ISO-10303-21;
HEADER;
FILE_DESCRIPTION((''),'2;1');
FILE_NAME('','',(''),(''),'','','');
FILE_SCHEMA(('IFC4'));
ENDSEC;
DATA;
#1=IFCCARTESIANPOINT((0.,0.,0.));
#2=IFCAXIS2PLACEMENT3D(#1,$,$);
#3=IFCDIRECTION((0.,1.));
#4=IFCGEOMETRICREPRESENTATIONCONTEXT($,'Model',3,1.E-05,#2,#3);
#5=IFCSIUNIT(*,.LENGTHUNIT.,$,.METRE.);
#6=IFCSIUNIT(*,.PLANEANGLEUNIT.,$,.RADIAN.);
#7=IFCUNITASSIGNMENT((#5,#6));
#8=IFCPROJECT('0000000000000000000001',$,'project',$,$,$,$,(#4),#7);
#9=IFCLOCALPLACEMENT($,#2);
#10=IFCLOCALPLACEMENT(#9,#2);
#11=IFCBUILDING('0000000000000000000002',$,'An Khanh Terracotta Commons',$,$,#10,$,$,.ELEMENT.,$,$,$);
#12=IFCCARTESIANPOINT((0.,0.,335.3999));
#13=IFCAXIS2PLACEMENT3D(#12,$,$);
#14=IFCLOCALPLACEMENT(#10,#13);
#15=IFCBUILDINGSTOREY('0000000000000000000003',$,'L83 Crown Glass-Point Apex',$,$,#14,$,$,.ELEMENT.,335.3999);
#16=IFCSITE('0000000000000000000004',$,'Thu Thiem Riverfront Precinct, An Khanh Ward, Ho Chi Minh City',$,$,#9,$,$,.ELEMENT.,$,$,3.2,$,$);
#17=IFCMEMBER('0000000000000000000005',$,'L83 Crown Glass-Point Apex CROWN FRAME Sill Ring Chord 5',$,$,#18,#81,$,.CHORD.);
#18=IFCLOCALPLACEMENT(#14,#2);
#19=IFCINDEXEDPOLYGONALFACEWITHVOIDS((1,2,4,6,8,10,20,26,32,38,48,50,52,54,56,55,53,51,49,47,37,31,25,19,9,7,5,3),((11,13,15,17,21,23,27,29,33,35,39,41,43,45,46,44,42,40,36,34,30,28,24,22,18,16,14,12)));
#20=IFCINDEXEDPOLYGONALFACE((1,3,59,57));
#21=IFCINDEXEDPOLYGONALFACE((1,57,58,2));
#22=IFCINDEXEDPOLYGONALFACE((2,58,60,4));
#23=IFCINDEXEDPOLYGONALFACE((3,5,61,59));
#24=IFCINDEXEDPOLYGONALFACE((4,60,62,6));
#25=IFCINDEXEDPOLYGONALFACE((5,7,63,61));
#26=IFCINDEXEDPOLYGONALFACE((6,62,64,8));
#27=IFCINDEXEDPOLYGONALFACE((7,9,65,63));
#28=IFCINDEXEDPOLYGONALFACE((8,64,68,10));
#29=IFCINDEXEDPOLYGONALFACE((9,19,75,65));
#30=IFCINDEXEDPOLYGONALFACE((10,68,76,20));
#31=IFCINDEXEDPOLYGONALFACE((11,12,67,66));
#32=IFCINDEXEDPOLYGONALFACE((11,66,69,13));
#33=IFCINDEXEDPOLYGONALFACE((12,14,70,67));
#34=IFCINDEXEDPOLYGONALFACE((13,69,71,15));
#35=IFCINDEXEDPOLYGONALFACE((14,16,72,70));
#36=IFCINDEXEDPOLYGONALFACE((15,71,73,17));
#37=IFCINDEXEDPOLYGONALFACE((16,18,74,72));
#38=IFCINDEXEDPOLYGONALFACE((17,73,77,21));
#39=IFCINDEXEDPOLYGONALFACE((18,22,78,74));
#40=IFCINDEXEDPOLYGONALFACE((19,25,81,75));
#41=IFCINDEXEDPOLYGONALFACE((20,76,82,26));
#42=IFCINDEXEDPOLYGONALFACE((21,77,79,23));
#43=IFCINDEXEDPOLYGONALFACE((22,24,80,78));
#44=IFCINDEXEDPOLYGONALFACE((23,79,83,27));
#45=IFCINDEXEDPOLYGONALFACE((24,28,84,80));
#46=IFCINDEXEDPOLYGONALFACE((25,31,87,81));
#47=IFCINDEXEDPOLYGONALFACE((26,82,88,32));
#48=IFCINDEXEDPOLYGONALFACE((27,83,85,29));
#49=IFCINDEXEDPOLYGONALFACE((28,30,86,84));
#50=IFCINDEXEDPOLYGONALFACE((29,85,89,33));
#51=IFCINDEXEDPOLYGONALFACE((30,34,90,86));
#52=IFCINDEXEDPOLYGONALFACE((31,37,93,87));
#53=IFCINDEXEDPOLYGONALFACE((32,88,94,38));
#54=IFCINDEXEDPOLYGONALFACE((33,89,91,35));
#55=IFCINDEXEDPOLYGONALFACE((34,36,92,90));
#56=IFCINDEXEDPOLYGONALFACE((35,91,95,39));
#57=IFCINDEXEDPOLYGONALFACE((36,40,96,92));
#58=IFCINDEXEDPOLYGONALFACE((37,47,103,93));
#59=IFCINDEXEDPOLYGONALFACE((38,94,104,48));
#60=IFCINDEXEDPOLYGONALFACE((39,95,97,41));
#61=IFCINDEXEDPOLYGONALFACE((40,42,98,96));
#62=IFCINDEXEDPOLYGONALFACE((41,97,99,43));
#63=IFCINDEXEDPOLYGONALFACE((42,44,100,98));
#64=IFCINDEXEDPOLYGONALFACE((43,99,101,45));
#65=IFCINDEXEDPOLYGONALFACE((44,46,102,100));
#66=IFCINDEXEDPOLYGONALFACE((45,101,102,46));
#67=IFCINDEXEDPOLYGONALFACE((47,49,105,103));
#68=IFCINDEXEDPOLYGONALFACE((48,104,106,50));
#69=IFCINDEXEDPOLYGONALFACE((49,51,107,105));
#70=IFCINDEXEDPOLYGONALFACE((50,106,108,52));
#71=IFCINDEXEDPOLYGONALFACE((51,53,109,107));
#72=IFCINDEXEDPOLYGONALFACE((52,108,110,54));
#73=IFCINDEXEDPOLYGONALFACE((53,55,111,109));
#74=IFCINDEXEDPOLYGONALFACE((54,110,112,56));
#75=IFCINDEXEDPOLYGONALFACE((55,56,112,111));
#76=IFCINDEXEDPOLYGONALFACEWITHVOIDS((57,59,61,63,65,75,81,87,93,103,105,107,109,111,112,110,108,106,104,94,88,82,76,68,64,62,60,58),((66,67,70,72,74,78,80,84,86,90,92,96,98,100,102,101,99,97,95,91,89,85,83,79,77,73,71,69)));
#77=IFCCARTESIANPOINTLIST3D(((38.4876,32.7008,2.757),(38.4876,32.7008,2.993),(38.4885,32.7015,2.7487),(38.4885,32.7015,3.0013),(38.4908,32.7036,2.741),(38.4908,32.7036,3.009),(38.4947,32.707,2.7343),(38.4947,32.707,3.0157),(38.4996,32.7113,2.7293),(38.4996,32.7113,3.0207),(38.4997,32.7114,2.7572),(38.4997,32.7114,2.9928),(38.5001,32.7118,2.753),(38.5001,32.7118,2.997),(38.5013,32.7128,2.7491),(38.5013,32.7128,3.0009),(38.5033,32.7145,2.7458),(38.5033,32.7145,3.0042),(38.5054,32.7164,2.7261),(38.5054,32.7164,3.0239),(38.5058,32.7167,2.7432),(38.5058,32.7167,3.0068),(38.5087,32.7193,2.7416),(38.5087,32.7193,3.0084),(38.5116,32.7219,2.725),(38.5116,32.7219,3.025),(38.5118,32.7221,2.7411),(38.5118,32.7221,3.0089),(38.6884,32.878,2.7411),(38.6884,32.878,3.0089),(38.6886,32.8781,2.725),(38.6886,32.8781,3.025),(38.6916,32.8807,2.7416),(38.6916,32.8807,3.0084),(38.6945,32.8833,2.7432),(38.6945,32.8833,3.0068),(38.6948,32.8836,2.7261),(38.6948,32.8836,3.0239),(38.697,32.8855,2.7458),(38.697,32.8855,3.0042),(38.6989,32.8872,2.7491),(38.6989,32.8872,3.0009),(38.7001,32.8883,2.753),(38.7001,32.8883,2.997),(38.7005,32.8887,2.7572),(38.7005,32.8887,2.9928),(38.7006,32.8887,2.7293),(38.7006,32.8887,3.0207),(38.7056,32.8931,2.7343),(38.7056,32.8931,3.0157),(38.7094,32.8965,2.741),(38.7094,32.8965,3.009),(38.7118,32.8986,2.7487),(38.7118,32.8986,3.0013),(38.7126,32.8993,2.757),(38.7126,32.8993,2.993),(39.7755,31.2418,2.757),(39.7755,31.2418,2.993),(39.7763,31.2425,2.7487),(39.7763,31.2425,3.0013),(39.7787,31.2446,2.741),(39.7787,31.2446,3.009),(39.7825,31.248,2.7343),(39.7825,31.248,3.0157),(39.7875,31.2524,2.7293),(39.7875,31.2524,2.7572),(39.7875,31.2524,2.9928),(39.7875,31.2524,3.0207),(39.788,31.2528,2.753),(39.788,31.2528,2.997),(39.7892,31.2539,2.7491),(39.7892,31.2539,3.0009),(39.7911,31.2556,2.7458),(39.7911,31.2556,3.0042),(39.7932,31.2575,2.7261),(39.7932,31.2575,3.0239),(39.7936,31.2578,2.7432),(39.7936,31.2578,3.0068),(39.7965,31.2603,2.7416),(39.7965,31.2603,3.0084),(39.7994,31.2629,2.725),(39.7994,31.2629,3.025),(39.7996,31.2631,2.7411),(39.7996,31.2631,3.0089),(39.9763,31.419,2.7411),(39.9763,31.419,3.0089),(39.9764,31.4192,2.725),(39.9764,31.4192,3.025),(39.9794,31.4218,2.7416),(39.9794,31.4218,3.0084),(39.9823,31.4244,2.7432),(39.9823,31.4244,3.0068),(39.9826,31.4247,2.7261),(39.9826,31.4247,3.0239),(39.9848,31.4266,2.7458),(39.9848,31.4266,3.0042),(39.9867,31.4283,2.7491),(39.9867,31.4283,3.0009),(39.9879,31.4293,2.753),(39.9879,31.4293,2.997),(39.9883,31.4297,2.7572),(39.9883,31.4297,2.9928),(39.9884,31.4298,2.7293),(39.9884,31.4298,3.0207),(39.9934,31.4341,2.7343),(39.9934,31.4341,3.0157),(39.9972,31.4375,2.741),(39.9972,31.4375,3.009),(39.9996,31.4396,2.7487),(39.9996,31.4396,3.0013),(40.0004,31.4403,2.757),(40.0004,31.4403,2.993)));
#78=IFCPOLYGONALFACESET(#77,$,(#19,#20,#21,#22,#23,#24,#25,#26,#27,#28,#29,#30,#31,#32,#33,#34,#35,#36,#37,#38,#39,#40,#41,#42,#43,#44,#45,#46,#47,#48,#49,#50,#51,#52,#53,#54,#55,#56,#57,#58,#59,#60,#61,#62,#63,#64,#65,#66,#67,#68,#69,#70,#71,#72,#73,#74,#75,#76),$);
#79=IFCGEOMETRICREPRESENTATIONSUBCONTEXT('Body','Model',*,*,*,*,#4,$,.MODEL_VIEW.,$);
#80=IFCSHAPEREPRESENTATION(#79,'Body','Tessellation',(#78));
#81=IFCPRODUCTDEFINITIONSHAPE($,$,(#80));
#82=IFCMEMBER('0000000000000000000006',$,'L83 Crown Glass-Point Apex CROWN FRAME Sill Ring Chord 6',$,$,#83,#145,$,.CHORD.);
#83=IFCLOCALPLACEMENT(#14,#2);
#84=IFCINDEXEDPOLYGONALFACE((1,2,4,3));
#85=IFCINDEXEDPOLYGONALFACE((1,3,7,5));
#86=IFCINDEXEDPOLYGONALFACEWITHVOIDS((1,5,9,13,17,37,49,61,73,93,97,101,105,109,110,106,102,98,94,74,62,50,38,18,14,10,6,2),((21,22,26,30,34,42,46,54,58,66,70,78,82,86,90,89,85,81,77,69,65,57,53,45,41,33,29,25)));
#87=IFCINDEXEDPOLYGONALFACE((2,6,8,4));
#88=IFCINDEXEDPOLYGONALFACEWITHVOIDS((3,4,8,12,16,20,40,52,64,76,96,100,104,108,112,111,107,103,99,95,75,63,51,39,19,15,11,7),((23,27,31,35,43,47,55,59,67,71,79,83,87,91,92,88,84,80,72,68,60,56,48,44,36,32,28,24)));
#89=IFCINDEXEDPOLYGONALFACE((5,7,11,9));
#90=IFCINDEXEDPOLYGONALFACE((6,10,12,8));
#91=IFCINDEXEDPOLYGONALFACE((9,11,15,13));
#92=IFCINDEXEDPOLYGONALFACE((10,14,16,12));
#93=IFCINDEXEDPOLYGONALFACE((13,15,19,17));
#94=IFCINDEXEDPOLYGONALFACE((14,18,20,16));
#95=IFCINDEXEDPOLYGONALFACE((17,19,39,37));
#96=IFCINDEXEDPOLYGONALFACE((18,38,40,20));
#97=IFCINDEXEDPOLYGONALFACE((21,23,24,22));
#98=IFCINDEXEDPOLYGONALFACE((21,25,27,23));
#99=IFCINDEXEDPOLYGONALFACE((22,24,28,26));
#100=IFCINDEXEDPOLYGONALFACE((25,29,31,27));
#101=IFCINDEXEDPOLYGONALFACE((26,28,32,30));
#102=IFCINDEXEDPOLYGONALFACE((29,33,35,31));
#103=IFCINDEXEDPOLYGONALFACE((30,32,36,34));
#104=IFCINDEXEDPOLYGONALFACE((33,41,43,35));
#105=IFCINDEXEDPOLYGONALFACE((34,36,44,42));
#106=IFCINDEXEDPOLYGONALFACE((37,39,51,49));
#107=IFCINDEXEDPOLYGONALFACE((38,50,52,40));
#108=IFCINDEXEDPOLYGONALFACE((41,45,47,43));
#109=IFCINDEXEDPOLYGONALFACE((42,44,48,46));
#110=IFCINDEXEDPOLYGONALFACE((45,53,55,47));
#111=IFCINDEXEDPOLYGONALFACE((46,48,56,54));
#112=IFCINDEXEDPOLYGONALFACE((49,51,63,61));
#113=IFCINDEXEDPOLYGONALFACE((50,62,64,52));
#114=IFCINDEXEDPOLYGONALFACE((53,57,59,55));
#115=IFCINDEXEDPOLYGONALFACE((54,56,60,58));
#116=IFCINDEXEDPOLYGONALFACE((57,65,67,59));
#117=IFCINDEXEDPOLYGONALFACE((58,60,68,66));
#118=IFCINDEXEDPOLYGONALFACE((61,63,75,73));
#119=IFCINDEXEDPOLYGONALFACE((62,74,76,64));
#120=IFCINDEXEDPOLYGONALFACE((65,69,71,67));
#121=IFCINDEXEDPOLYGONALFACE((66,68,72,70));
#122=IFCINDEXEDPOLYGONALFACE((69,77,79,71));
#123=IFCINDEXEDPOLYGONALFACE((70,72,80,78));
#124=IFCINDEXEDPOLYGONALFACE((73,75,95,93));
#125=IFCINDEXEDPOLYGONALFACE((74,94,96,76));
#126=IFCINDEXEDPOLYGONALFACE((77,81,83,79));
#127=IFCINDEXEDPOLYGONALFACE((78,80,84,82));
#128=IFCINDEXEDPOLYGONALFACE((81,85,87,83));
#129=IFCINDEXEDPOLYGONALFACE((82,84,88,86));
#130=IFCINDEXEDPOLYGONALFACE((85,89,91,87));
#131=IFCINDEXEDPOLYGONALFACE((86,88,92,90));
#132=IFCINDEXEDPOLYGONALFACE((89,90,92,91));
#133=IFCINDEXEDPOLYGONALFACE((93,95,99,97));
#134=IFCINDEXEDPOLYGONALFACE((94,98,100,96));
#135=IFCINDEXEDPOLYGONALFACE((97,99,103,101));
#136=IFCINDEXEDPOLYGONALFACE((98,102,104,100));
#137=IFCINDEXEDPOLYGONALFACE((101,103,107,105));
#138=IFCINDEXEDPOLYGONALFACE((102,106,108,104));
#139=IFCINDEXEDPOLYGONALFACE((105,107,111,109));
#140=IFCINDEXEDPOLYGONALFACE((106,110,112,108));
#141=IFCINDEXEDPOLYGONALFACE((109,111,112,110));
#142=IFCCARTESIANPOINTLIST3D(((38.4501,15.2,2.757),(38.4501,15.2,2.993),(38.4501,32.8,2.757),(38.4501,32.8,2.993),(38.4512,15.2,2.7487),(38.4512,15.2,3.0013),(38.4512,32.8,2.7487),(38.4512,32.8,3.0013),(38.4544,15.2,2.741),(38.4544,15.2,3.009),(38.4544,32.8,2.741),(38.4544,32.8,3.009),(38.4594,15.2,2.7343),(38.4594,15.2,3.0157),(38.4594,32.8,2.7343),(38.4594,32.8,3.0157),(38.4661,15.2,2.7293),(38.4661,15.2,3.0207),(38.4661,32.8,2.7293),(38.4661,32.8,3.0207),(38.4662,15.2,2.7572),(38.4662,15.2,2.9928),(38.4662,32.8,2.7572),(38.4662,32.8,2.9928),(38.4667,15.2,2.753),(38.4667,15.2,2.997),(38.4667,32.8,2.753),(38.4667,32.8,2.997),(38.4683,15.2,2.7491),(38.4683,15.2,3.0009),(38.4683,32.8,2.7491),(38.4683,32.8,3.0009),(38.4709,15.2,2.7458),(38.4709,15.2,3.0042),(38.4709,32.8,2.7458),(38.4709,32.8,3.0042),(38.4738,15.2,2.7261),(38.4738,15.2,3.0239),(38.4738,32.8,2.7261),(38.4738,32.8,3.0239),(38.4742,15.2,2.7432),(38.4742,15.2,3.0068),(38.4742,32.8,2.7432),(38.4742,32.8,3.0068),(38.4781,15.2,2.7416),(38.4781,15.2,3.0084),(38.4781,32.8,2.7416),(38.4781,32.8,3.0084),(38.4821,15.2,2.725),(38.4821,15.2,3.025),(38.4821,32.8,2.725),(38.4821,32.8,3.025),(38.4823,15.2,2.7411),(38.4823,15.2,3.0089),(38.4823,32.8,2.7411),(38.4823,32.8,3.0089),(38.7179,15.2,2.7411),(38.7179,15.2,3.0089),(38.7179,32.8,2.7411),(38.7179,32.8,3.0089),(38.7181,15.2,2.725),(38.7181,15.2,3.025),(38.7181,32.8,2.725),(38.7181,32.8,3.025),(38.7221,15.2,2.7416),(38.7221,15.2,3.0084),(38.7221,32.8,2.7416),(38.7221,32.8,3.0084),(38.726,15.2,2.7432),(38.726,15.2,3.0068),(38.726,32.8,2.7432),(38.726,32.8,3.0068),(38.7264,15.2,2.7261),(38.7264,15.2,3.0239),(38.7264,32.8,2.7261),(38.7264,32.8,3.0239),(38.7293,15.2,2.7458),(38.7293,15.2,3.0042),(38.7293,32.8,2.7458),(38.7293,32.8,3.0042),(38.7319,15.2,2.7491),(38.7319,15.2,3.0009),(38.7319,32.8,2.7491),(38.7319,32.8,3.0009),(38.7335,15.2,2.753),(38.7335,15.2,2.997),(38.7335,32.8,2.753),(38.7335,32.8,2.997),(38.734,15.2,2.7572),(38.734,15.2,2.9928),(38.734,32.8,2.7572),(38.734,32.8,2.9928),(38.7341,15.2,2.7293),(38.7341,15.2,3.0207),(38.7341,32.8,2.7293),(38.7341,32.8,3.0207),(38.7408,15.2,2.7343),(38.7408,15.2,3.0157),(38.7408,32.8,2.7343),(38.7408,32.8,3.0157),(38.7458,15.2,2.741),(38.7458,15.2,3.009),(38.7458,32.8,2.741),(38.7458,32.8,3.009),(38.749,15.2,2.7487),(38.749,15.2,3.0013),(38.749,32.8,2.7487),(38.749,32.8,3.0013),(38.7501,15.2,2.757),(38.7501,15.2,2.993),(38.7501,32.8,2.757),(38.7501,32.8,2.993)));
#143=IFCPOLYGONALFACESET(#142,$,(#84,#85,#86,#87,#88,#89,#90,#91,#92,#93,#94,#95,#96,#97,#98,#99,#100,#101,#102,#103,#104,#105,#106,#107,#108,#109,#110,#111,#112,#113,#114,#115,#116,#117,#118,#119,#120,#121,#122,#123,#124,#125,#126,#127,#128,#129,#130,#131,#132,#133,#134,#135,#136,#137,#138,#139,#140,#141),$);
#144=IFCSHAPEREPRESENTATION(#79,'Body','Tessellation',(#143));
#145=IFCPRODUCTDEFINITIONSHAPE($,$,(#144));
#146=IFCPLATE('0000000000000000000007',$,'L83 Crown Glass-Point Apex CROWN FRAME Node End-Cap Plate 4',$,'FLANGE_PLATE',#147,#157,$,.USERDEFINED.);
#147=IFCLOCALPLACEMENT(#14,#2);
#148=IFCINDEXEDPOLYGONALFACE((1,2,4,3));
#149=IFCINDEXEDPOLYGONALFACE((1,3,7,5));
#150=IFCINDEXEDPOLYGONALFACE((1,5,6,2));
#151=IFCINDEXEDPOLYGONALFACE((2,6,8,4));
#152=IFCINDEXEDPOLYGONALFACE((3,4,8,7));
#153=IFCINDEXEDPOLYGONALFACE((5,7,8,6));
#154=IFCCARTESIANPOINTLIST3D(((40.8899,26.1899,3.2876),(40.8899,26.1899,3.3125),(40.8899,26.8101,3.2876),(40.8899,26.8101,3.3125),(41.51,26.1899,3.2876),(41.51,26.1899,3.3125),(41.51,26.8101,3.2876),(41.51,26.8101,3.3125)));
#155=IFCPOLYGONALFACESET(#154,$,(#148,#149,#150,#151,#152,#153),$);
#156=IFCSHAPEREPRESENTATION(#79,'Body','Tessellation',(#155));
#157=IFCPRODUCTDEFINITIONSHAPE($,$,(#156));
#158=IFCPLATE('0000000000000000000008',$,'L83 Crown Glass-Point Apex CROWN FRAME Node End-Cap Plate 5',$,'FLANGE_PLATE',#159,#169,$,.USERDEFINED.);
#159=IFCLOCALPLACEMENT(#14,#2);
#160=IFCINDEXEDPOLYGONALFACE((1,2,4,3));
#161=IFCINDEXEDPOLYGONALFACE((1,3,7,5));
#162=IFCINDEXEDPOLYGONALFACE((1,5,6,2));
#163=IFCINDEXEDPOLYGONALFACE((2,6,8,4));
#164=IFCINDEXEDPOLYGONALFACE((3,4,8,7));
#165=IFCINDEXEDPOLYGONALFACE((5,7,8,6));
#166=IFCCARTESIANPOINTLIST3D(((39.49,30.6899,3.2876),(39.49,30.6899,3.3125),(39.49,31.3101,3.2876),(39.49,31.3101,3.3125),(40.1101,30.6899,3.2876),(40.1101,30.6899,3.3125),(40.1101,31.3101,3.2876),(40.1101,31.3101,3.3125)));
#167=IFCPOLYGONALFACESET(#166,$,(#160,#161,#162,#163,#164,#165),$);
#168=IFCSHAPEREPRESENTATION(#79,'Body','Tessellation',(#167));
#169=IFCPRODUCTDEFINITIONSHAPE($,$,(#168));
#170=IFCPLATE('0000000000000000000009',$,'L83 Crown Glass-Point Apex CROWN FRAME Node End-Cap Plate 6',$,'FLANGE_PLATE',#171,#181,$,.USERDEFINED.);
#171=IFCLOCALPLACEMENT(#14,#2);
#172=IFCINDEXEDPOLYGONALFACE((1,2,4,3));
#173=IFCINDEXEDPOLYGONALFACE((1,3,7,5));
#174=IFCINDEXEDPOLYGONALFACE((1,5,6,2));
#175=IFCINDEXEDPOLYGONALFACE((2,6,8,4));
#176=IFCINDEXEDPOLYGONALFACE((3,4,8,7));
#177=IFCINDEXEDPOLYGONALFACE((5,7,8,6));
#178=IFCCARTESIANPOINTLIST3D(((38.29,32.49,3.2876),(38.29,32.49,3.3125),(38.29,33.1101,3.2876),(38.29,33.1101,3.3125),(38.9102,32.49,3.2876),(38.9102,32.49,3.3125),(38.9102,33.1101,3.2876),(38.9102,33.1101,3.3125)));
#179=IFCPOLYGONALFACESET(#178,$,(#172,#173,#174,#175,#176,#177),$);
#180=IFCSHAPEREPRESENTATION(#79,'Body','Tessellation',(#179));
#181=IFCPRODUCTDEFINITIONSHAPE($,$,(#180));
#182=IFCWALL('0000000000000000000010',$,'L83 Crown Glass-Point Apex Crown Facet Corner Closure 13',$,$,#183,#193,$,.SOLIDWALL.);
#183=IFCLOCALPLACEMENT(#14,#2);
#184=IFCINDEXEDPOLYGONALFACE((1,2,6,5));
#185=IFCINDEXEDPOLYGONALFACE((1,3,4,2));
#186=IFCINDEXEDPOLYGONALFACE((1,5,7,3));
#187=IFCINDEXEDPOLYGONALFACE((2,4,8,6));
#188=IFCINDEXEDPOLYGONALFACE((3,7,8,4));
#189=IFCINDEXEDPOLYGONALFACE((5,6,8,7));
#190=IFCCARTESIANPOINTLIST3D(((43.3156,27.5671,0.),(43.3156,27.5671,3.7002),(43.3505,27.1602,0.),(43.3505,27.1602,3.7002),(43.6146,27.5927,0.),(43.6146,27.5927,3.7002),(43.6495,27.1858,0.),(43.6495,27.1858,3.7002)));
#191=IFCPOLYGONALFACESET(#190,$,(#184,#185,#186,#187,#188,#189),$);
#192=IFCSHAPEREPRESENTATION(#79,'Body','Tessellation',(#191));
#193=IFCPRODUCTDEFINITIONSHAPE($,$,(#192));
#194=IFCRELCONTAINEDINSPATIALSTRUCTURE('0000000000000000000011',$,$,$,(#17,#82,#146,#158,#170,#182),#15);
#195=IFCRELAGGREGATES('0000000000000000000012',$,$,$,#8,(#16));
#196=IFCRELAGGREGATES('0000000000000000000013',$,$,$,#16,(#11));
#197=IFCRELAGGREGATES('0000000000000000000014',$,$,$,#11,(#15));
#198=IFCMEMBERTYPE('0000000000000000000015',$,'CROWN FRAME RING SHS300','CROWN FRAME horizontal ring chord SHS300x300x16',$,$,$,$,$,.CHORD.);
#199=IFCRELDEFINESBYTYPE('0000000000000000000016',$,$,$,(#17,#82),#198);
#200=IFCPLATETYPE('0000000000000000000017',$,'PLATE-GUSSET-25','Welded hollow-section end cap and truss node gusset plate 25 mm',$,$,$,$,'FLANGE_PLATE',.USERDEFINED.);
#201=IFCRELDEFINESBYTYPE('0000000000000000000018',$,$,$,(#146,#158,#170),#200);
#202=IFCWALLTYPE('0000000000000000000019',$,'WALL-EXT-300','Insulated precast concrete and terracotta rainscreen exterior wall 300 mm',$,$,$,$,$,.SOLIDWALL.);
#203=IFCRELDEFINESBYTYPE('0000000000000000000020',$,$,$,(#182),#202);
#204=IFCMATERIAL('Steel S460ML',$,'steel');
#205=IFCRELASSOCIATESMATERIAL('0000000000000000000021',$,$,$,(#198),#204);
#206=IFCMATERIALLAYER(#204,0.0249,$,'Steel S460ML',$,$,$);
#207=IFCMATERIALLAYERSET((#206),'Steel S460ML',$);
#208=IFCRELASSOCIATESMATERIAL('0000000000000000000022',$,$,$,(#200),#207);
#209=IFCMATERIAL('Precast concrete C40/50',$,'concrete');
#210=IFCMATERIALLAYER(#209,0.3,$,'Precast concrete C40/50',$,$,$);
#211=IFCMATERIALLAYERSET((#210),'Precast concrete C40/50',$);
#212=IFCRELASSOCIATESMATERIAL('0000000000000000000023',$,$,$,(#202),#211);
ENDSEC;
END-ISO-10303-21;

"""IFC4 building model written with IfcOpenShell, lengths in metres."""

from ifc_helpers import new_model, si_unit, direction, frame, frame_2d, origin, origin_2d, place, context, subcontext, project, spatial, rectangle, hollow_rectangle, extrude, material, layer, layer_set, material_profile, profile_set, type_object, element, save


model = new_model("IFC4")

# Units and contexts
model_context = context("Model", 3, precision=1e-05, world=origin(), true_north=direction((0.0, 1.0)))
body_context = subcontext(model_context, "Body", "Model", "MODEL_VIEW")
ifc_project = project(units=[si_unit("LENGTHUNIT", "METRE"), si_unit("PLANEANGLEUNIT", "RADIAN")], contexts=[model_context])

# Site, building, storey
site_placement = place(None, origin())
site = spatial("IfcSite", under=ifc_project, at=site_placement, Name="Thu Thiem Riverfront Precinct, An Khanh Ward, Ho Chi Minh City", CompositionType="ELEMENT", RefElevation=3.2)
building_placement = place(site_placement, origin())
building = spatial("IfcBuilding", under=site, at=building_placement, Name="An Khanh Terracotta Commons", CompositionType="ELEMENT")
storey_placement = place(building_placement, frame((0.0, 0.0, 335.3999)))
storey = spatial("IfcBuildingStorey", under=building, at=storey_placement, Name="L83 Crown Glass-Point Apex", CompositionType="ELEMENT", Elevation=335.3999)

# Members
ifc_material_1 = material(Name="Steel S460ML", Category="steel")
ifc_material_profile_1 = material_profile(ifc_material_1, hollow_rectangle(XDim=0.3, YDim=0.3, WallThickness=0.0161, InnerFilletRadius=0.0161, OuterFilletRadius=0.032, at=origin_2d()), Name="SHS300x300x16")
ifc_profile_set_1 = profile_set([ifc_material_profile_1], Name="Steel S460ML")
member_type_1 = type_object("IfcMemberType", Name="CROWN FRAME RING SHS300", Description="CROWN FRAME horizontal ring chord SHS300x300x16", PredefinedType="CHORD", material=ifc_profile_set_1)
member_1_placement = place(storey_placement, frame((39.8879, 31.3411, 2.875), z_axis=(-0.661767, 0.74971, 0.0), x_axis=(-0.74971, -0.661767, 0.0)))
element("IfcMember", 1, at=member_1_placement, inside=storey, type_object=member_type_1, Name="L83 Crown Glass-Point Apex CROWN FRAME Sill Ring Chord 5", PredefinedType="CHORD", context=body_context, shape_type="SweptSolid", body=[
    extrude(hollow_rectangle(XDim=0.3, YDim=0.3, WallThickness=0.0161, InnerFilletRadius=0.0161, OuterFilletRadius=0.032, at=origin_2d()), origin(), (0.0, 0.0, 1.0), 1.946),
])
member_2_placement = place(storey_placement, frame((38.6001, 32.8, 2.875), z_axis=(0.0, -1.0, 0.0), x_axis=(1.0, 0.0, 0.0)))
element("IfcMember", 2, at=member_2_placement, inside=storey, type_object=member_type_1, Name="L83 Crown Glass-Point Apex CROWN FRAME Sill Ring Chord 6", PredefinedType="CHORD", context=body_context, shape_type="SweptSolid", body=[
    extrude(hollow_rectangle(XDim=0.3, YDim=0.3, WallThickness=0.0161, InnerFilletRadius=0.0161, OuterFilletRadius=0.032, at=origin_2d()), origin(), (0.0, 0.0, 1.0), 17.6001),
])

# Plates
ifc_layer_1 = layer(ifc_material_1, 0.0249, Name="Steel S460ML")
ifc_layer_set_1 = layer_set([ifc_layer_1], Name="Steel S460ML")
plate_type = type_object("IfcPlateType", Name="PLATE-GUSSET-25", Description="Welded hollow-section end cap and truss node gusset plate 25 mm", ElementType="FLANGE_PLATE", PredefinedType="USERDEFINED", material=ifc_layer_set_1)
for number, where, z_axis, x_axis, name in (
    (3, (41.2, 26.5, 3.2876), (0.0, 0.0, 1.0), (1.0, 0.0, 0.0), "L83 Crown Glass-Point Apex CROWN FRAME Node End-Cap Plate 4"),
    (4, (39.8, 31.0, 3.2876), (0.0, 0.0, 1.0), (1.0, 0.0, 0.0), "L83 Crown Glass-Point Apex CROWN FRAME Node End-Cap Plate 5"),
    (5, (38.6001, 32.8, 3.2876), (0.0, 0.0, 1.0), (1.0, 0.0, 0.0), "L83 Crown Glass-Point Apex CROWN FRAME Node End-Cap Plate 6"),
):
    element("IfcPlate", number, at=place(storey_placement, frame(where, z_axis=z_axis, x_axis=x_axis)), inside=storey, type_object=plate_type, Name=name, ObjectType="FLANGE_PLATE", PredefinedType="USERDEFINED", context=body_context, shape_type="SweptSolid", body=[
        extrude(rectangle(XDim=0.6201, YDim=0.6201, at=origin_2d()), origin(), (0.0, 0.0, 1.0), 0.0249),
    ])

# Wall
ifc_material_2 = material(Name="Precast concrete C40/50", Category="concrete")
ifc_layer_2 = layer(ifc_material_2, 0.3, Name="Precast concrete C40/50")
ifc_layer_set_2 = layer_set([ifc_layer_2], Name="Precast concrete C40/50")
wall_type_1 = type_object("IfcWallType", Name="WALL-EXT-300", Description="Insulated precast concrete and terracotta rainscreen exterior wall 300 mm", PredefinedType="SOLIDWALL", material=ifc_layer_set_2)
wall_1_placement = place(storey_placement, frame((43.5, 27.1731, 0.0), z_axis=(0.0, 0.0, 1.0), x_axis=(-0.085469, 0.996341, 0.0)))
element("IfcWall", 6, at=wall_1_placement, inside=storey, type_object=wall_type_1, Name="L83 Crown Glass-Point Apex Crown Facet Corner Closure 13", PredefinedType="SOLIDWALL", context=body_context, shape_type="SweptSolid", body=[
    extrude(rectangle(XDim=0.4084, YDim=0.3, at=frame_2d((0.2041, 0.0))), origin(), (0.0, 0.0, 1.0), 3.7002),
])

save(model, "model.ifc")
